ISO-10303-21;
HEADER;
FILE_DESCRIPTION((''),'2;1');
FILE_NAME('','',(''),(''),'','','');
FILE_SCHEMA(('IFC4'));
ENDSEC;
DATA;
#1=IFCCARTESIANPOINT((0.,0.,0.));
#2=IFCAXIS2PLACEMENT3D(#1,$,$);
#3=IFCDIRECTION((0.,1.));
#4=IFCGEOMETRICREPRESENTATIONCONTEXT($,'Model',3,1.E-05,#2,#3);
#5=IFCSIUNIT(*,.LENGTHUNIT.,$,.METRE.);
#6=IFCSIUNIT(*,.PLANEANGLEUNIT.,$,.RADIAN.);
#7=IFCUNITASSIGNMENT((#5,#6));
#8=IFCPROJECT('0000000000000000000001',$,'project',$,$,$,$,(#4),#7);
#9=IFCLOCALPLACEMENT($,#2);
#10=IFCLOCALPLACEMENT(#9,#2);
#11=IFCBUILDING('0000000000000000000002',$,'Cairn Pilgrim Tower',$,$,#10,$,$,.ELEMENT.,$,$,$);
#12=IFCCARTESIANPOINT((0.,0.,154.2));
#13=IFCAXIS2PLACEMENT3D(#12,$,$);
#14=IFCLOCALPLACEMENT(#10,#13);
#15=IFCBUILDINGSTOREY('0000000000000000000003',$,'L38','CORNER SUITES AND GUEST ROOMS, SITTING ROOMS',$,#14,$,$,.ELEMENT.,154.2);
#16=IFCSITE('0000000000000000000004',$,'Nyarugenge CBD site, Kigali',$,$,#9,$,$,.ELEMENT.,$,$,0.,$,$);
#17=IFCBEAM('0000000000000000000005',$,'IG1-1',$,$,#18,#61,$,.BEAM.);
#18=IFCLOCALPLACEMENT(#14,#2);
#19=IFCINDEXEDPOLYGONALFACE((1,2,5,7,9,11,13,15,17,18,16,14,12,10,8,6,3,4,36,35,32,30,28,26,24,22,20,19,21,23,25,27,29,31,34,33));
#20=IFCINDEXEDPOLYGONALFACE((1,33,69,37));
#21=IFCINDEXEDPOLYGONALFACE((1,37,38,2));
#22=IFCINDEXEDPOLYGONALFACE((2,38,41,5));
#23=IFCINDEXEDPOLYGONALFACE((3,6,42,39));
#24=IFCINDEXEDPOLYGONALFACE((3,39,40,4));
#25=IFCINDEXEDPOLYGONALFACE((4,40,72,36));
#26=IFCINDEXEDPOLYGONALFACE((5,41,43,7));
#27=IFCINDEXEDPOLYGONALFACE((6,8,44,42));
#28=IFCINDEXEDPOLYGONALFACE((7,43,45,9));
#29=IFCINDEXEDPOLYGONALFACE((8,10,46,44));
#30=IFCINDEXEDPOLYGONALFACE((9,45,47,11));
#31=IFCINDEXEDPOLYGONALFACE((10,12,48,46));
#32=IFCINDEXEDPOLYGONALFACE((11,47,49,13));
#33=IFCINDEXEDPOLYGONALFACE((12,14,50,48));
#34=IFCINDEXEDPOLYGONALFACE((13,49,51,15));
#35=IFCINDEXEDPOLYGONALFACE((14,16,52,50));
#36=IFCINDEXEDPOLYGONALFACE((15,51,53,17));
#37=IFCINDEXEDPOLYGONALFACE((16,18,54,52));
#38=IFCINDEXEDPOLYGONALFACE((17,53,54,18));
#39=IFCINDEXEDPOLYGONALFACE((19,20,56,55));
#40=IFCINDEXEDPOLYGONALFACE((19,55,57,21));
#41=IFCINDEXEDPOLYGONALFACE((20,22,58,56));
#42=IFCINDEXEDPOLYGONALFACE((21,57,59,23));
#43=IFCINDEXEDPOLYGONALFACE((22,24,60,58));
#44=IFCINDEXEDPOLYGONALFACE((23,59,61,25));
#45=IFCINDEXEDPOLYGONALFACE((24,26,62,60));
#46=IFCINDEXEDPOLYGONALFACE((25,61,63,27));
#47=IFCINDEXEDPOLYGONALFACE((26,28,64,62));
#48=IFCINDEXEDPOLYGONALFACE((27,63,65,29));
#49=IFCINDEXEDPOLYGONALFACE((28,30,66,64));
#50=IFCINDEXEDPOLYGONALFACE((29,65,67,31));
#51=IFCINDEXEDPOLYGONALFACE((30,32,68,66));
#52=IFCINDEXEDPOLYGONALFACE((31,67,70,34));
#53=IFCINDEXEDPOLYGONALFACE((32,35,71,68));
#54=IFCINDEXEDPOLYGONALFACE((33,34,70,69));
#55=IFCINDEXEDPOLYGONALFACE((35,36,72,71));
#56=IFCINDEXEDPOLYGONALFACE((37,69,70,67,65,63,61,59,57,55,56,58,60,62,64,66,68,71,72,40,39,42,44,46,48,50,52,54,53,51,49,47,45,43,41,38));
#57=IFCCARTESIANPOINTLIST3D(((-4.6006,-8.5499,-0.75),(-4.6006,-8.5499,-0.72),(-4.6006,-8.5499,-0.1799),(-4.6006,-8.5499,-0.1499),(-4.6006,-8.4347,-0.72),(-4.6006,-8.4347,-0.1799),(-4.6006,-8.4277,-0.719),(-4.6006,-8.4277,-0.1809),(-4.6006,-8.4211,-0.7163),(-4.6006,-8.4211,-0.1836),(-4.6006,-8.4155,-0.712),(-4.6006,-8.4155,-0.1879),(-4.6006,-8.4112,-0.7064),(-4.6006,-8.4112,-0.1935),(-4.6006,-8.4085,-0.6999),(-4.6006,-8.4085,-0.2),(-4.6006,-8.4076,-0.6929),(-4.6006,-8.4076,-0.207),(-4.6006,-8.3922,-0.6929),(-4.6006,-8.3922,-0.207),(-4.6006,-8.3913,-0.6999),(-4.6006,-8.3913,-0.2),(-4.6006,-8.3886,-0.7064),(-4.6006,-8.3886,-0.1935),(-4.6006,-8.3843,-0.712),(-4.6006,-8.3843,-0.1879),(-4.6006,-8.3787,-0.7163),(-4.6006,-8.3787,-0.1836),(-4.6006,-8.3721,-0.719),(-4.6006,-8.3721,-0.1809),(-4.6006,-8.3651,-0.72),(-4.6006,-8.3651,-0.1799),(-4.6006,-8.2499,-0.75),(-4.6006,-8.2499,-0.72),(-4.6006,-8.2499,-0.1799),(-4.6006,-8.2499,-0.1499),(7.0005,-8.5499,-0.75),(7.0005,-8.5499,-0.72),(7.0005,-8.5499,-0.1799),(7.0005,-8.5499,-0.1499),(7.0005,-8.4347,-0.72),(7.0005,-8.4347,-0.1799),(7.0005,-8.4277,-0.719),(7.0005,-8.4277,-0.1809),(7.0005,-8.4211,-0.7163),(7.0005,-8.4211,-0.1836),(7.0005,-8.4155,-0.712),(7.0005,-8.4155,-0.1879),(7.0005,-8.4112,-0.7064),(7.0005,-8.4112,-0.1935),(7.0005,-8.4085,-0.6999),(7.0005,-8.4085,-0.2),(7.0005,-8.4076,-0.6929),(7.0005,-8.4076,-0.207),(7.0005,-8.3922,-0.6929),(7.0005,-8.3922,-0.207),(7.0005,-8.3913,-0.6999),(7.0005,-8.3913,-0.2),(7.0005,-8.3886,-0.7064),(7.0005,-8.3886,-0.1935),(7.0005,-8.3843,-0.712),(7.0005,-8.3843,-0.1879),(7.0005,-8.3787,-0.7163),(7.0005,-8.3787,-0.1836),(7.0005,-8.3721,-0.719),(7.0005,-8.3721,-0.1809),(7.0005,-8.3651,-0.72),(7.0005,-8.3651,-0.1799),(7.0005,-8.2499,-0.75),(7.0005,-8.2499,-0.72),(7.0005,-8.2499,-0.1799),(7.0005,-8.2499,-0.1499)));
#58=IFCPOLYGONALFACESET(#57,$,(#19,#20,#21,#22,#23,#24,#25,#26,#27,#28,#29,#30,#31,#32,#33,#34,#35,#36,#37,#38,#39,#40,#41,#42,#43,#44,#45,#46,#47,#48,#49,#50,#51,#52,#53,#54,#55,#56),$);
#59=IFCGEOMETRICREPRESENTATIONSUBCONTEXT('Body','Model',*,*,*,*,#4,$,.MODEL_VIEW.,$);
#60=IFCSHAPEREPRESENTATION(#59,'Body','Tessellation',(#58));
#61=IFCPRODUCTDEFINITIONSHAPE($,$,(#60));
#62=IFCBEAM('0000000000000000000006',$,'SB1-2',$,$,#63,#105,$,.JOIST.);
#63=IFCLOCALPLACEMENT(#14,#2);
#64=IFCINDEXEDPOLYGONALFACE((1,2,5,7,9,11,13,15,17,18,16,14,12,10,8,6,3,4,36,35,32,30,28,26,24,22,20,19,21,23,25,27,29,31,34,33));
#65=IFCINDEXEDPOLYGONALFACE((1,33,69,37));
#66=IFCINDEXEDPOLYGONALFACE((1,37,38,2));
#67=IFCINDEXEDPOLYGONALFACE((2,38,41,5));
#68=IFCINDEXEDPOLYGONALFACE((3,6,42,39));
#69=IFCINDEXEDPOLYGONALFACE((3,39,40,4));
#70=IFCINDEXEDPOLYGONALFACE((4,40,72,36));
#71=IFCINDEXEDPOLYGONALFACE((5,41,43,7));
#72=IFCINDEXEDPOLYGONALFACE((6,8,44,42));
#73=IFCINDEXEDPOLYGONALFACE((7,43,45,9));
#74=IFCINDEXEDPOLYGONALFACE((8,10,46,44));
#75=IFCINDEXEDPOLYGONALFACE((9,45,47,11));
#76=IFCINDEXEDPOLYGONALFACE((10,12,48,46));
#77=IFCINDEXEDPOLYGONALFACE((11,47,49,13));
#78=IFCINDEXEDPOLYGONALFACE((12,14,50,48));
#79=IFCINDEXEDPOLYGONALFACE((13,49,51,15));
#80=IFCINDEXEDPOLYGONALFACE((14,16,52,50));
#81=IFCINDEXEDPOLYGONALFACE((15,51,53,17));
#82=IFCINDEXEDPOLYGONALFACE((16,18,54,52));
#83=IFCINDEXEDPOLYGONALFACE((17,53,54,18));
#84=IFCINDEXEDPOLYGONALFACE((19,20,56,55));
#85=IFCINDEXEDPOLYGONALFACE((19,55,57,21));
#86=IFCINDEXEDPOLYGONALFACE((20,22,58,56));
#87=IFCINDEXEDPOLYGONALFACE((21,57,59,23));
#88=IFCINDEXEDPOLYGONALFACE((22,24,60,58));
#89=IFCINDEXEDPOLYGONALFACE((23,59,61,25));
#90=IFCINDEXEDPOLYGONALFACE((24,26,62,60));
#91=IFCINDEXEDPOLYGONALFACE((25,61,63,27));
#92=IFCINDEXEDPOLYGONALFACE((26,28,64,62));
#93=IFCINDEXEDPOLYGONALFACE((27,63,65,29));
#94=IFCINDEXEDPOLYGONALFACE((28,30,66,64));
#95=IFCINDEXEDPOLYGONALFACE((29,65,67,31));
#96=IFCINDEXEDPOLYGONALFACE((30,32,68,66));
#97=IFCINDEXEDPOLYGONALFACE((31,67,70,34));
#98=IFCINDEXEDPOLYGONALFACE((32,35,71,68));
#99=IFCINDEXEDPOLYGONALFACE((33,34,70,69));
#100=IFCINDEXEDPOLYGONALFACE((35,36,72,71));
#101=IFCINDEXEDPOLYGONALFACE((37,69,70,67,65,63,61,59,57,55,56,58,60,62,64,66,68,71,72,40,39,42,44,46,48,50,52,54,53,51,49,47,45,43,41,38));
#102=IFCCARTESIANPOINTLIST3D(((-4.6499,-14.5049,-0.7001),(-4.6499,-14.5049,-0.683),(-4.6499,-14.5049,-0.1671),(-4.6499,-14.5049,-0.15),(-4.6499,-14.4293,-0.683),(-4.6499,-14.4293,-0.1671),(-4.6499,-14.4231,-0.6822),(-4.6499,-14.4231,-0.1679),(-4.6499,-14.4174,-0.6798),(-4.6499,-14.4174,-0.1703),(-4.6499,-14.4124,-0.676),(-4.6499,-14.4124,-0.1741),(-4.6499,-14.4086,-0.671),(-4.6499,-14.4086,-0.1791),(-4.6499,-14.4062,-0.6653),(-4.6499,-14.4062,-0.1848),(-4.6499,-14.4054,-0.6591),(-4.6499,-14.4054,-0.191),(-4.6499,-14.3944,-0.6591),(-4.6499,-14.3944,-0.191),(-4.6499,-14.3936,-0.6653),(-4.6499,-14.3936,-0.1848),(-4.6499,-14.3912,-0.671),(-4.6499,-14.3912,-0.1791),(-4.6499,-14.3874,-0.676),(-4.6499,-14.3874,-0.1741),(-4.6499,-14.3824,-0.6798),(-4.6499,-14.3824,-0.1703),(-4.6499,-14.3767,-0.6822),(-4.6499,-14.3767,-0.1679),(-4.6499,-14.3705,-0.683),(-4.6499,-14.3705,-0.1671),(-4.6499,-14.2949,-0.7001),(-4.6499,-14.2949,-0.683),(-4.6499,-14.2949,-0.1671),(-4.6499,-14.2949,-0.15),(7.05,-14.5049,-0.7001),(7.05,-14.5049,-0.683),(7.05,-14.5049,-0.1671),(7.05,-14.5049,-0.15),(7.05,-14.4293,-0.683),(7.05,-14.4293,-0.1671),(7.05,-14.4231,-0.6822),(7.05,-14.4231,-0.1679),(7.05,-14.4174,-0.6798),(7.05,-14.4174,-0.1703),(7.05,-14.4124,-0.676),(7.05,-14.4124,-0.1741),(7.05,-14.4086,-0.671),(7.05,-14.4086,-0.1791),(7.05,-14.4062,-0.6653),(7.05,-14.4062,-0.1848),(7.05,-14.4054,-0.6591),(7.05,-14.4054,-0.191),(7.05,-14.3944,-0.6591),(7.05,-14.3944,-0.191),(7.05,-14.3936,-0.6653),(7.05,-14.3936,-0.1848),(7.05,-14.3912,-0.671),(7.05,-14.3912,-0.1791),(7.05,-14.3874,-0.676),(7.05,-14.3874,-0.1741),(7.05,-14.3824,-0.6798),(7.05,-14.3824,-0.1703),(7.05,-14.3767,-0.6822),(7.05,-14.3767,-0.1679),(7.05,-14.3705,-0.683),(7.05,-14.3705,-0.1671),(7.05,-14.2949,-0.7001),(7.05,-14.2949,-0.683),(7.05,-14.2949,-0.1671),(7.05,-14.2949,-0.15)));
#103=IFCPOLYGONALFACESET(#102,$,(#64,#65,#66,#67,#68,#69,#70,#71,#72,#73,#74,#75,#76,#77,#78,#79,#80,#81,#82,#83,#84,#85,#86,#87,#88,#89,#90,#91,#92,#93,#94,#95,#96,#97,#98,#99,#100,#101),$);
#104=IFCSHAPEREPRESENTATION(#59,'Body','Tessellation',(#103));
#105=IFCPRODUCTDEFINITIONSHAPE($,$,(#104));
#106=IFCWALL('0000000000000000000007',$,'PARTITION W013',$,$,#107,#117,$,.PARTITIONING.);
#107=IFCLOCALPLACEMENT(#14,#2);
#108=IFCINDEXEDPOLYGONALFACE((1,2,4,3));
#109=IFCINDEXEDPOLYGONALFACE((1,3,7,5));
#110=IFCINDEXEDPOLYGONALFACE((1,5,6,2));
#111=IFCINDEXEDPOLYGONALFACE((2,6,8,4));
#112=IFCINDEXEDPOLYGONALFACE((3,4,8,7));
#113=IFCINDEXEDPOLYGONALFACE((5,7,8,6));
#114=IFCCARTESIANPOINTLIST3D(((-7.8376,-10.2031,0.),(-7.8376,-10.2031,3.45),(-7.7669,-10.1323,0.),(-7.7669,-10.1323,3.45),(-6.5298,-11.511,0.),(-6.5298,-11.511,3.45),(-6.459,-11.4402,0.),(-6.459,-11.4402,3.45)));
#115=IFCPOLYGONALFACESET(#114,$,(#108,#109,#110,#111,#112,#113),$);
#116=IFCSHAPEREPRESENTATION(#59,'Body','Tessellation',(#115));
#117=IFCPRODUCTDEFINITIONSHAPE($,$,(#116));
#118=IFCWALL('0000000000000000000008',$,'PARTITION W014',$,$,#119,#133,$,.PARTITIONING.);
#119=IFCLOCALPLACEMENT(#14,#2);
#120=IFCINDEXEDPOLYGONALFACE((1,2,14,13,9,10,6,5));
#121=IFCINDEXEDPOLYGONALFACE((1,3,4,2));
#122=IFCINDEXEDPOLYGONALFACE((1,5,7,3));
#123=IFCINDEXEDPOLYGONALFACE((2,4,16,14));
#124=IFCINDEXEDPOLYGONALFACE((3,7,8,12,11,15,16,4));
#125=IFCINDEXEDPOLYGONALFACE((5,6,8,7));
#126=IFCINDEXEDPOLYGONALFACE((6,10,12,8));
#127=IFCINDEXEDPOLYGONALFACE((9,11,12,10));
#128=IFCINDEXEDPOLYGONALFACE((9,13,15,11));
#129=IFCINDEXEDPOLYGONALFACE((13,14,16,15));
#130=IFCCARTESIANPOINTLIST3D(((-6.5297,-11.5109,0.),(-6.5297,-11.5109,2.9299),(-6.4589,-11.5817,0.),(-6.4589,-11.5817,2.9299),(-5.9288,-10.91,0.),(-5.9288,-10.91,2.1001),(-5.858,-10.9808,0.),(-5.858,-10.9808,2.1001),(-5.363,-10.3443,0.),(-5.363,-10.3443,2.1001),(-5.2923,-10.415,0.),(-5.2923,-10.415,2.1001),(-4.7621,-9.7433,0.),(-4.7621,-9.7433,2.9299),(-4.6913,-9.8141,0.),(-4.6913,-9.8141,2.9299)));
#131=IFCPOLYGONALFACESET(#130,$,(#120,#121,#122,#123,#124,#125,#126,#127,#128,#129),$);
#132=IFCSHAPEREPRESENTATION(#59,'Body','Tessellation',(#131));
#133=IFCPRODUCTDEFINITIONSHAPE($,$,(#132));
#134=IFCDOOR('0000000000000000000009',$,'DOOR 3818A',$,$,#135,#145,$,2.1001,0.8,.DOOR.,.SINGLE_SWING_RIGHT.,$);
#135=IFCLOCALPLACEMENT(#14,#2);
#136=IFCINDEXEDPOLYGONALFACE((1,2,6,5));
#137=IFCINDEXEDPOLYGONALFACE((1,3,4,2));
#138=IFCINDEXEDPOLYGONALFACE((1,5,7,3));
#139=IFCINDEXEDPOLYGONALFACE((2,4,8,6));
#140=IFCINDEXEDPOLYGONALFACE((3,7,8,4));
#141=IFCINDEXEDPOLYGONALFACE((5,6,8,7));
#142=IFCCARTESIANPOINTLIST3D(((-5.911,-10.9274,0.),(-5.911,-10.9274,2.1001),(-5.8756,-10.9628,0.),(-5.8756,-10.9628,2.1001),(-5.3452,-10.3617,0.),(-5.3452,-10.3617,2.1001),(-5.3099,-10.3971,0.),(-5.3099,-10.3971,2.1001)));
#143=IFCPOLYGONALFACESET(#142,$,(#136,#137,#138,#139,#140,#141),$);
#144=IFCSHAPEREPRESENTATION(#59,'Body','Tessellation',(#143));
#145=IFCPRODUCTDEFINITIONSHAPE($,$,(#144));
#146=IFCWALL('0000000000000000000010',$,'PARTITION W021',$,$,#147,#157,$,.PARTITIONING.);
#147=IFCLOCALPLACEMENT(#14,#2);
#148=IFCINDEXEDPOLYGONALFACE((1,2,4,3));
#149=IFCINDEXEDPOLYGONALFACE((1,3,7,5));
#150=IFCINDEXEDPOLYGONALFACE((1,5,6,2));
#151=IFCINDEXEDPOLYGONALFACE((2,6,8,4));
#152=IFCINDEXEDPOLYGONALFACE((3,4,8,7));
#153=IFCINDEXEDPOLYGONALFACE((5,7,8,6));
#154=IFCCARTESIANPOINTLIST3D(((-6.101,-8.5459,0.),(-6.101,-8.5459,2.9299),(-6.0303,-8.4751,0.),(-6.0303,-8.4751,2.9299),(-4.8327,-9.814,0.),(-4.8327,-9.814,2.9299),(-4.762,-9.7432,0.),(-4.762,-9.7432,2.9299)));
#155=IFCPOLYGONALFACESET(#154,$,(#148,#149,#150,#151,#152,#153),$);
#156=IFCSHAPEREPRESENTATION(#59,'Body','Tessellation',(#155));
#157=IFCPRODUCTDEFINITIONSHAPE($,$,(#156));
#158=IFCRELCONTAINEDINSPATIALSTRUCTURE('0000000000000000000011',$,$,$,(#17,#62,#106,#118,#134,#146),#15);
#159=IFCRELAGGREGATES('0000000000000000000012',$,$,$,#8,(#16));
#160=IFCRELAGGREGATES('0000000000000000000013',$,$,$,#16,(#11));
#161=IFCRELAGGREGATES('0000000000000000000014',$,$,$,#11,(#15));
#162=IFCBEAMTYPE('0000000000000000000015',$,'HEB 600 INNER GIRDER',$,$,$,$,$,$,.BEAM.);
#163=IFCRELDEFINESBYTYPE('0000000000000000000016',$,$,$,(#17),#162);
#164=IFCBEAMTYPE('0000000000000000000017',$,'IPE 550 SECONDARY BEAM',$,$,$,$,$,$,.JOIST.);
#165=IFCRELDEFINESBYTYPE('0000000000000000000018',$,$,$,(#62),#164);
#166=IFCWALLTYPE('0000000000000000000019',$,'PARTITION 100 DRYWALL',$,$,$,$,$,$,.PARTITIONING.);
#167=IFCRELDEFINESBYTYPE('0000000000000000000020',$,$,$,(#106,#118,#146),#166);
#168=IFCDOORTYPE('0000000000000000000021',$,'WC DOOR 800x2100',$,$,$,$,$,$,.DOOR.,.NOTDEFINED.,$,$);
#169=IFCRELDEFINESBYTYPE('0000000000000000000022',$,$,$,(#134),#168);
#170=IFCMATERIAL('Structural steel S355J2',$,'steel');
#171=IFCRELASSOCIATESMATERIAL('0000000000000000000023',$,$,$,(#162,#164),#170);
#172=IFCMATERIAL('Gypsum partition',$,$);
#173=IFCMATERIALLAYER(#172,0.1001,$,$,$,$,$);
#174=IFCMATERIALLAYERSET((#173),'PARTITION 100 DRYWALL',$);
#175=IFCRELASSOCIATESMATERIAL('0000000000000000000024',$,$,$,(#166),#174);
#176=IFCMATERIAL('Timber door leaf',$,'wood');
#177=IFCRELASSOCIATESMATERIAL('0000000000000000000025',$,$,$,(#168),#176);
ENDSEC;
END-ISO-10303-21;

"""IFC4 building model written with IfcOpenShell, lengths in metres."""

from ifc_helpers import new_model, si_unit, direction, frame, frame_2d, origin, origin_2d, place, context, subcontext, project, spatial, rectangle, i_section, extrude, material, layer, layer_set, material_profile, profile_set, type_object, element, fill, save


model = new_model("IFC4")

# Units and contexts
model_context = context("Model", 3, precision=1e-05, world=origin(), true_north=direction((0.0, 1.0)))
body_context = subcontext(model_context, "Body", "Model", "MODEL_VIEW")
ifc_project = project(units=[si_unit("LENGTHUNIT", "METRE"), si_unit("PLANEANGLEUNIT", "RADIAN")], contexts=[model_context])

# Site, building, storey
site_placement = place(None, origin())
site = spatial("IfcSite", under=ifc_project, at=site_placement, Name="Nyarugenge CBD site, Kigali", CompositionType="ELEMENT", RefElevation=0.0)
building_placement = place(site_placement, origin())
building = spatial("IfcBuilding", under=site, at=building_placement, Name="Cairn Pilgrim Tower", CompositionType="ELEMENT")
storey_placement = place(building_placement, frame((0.0, 0.0, 154.2)))
storey = spatial("IfcBuildingStorey", under=building, at=storey_placement, Name="L38", Description="CORNER SUITES AND GUEST ROOMS, SITTING ROOMS", CompositionType="ELEMENT", Elevation=154.2)

# Shared definitions
ifc_material_1 = material(Name="Structural steel S355J2", Category="steel")

# Beams
ifc_material_profile_1 = material_profile(ifc_material_1, i_section(OverallWidth=0.3, OverallDepth=0.6001, WebThickness=0.0154, FlangeThickness=0.03, FilletRadius=0.0271, at=origin_2d()), Name="HEB 600")
ifc_profile_set_1 = profile_set([ifc_material_profile_1], Name="Structural steel S355J2")
beam_type_1 = type_object("IfcBeamType", Name="HEB 600 INNER GIRDER", PredefinedType="BEAM", material=ifc_profile_set_1)
beam_1_placement = place(storey_placement, frame((-4.6006, -8.3999, -0.45), z_axis=(1.0, 0.0, 0.0), x_axis=(0.0, 1.0, 0.0)))
element("IfcBeam", 1, at=beam_1_placement, inside=storey, type_object=beam_type_1, Name="IG1-1", PredefinedType="BEAM", context=body_context, shape_type="SweptSolid", body=[
    extrude(i_section(OverallWidth=0.3, OverallDepth=0.6001, WebThickness=0.0154, FlangeThickness=0.03, FilletRadius=0.0271, at=origin_2d()), origin(), (0.0, 0.0, 1.0), 11.6011),
])
ifc_material_profile_2 = material_profile(ifc_material_1, i_section(OverallWidth=0.21, OverallDepth=0.55, WebThickness=0.011, FlangeThickness=0.0171, FilletRadius=0.0239, at=origin_2d()), Name="IPE 550")
ifc_profile_set_2 = profile_set([ifc_material_profile_2], Name="Structural steel S355J2")
beam_type_2 = type_object("IfcBeamType", Name="IPE 550 SECONDARY BEAM", PredefinedType="JOIST", material=ifc_profile_set_2)
beam_2_placement = place(storey_placement, frame((-4.6499, -14.3999, -0.425), z_axis=(1.0, 0.0, 0.0), x_axis=(0.0, 1.0, 0.0)))
element("IfcBeam", 2, at=beam_2_placement, inside=storey, type_object=beam_type_2, Name="SB1-2", PredefinedType="JOIST", context=body_context, shape_type="SweptSolid", body=[
    extrude(i_section(OverallWidth=0.21, OverallDepth=0.55, WebThickness=0.011, FlangeThickness=0.0171, FilletRadius=0.0239, at=origin_2d()), origin(), (0.0, 0.0, 1.0), 11.7),
])

# Wall
ifc_material_2 = material(Name="Gypsum partition")
ifc_layer_1 = layer(ifc_material_2, 0.1001)
ifc_layer_set_1 = layer_set([ifc_layer_1], Name="PARTITION 100 DRYWALL")
wall_type_1 = type_object("IfcWallType", Name="PARTITION 100 DRYWALL", PredefinedType="PARTITIONING", material=ifc_layer_set_1)
wall_1_placement = place(storey_placement, frame((-6.4944, -11.4756, 0.0), z_axis=(0.0, 0.0, 1.0), x_axis=(-0.707107, 0.707107, 0.0)))
element("IfcWall", 3, at=wall_1_placement, inside=storey, type_object=wall_type_1, Name="PARTITION W013", PredefinedType="PARTITIONING", context=body_context, shape_type="SweptSolid", body=[
    extrude(rectangle(XDim=1.8496, YDim=0.1001, at=frame_2d((0.9248, 0.0))), origin(), (0.0, 0.0, 1.0), 3.45),
])

# Wall, opening, door
wall_2_placement = place(storey_placement, frame((-6.4944, -11.5464, 0.0), z_axis=(0.0, 0.0, 1.0), x_axis=(0.707107, 0.707107, 0.0)))
wall_2 = element("IfcWall", 4, at=wall_2_placement, inside=storey, type_object=wall_type_1, Name="PARTITION W014", PredefinedType="PARTITIONING", context=body_context, shape_type="SweptSolid", body=[
    extrude(rectangle(XDim=2.4998, YDim=0.1001, at=frame_2d((1.25, 0.0))), origin(), (0.0, 0.0, 1.0), 2.9299),
])
opening_1_placement = place(wall_2_placement, frame((0.8501, 0.0, 0.0)))
opening_1 = element("IfcOpeningElement", 5, at=opening_1_placement, cuts=wall_2, PredefinedType="OPENING", context=body_context, shape_type="SweptSolid", body=[
    extrude(rectangle(XDim=0.8, YDim=2.1001, at=frame_2d((0.3999, 1.05))), frame((0.0, 0.0601, 0.0), z_axis=(0.0, -1.0, 0.0), x_axis=(1.0, 0.0, 0.0)), (0.0, 0.0, 1.0), 0.1201),
])
ifc_material_3 = material(Name="Timber door leaf", Category="wood")
door_type_1 = type_object("IfcDoorType", Name="WC DOOR 800x2100", OperationType="NOTDEFINED", PredefinedType="DOOR", material=ifc_material_3)
door_1_placement = place(opening_1_placement, frame((0.8, 0.0, 0.0), z_axis=(0.0, 0.0, 1.0), x_axis=(-1.0, 0.0, 0.0)))
door_1 = element("IfcDoor", 6, at=door_1_placement, inside=storey, type_object=door_type_1, Name="DOOR 3818A", OperationType="SINGLE_SWING_RIGHT", OverallHeight=2.1001, OverallWidth=0.8, PredefinedType="DOOR", context=body_context, shape_type="SweptSolid", body=[
    extrude(rectangle(XDim=0.8, YDim=2.1001, at=frame_2d((0.3999, 1.05))), frame((0.0, 0.0249, 0.0), z_axis=(0.0, -1.0, 0.0), x_axis=(1.0, 0.0, 0.0)), (0.0, 0.0, 1.0), 0.05),
])
fill(opening_1, door_1)

# Wall
wall_3_placement = place(storey_placement, frame((-4.7974, -9.7786, 0.0), z_axis=(0.0, 0.0, 1.0), x_axis=(-0.707175, 0.707039, 0.0)))
element("IfcWall", 7, at=wall_3_placement, inside=storey, type_object=wall_type_1, Name="PARTITION W021", PredefinedType="PARTITIONING", context=body_context, shape_type="SweptSolid", body=[
    extrude(rectangle(XDim=1.7935, YDim=0.1001, at=frame_2d((0.8967, 0.0))), origin(), (0.0, 0.0, 1.0), 2.9299),
])

save(model, "model.ifc")
